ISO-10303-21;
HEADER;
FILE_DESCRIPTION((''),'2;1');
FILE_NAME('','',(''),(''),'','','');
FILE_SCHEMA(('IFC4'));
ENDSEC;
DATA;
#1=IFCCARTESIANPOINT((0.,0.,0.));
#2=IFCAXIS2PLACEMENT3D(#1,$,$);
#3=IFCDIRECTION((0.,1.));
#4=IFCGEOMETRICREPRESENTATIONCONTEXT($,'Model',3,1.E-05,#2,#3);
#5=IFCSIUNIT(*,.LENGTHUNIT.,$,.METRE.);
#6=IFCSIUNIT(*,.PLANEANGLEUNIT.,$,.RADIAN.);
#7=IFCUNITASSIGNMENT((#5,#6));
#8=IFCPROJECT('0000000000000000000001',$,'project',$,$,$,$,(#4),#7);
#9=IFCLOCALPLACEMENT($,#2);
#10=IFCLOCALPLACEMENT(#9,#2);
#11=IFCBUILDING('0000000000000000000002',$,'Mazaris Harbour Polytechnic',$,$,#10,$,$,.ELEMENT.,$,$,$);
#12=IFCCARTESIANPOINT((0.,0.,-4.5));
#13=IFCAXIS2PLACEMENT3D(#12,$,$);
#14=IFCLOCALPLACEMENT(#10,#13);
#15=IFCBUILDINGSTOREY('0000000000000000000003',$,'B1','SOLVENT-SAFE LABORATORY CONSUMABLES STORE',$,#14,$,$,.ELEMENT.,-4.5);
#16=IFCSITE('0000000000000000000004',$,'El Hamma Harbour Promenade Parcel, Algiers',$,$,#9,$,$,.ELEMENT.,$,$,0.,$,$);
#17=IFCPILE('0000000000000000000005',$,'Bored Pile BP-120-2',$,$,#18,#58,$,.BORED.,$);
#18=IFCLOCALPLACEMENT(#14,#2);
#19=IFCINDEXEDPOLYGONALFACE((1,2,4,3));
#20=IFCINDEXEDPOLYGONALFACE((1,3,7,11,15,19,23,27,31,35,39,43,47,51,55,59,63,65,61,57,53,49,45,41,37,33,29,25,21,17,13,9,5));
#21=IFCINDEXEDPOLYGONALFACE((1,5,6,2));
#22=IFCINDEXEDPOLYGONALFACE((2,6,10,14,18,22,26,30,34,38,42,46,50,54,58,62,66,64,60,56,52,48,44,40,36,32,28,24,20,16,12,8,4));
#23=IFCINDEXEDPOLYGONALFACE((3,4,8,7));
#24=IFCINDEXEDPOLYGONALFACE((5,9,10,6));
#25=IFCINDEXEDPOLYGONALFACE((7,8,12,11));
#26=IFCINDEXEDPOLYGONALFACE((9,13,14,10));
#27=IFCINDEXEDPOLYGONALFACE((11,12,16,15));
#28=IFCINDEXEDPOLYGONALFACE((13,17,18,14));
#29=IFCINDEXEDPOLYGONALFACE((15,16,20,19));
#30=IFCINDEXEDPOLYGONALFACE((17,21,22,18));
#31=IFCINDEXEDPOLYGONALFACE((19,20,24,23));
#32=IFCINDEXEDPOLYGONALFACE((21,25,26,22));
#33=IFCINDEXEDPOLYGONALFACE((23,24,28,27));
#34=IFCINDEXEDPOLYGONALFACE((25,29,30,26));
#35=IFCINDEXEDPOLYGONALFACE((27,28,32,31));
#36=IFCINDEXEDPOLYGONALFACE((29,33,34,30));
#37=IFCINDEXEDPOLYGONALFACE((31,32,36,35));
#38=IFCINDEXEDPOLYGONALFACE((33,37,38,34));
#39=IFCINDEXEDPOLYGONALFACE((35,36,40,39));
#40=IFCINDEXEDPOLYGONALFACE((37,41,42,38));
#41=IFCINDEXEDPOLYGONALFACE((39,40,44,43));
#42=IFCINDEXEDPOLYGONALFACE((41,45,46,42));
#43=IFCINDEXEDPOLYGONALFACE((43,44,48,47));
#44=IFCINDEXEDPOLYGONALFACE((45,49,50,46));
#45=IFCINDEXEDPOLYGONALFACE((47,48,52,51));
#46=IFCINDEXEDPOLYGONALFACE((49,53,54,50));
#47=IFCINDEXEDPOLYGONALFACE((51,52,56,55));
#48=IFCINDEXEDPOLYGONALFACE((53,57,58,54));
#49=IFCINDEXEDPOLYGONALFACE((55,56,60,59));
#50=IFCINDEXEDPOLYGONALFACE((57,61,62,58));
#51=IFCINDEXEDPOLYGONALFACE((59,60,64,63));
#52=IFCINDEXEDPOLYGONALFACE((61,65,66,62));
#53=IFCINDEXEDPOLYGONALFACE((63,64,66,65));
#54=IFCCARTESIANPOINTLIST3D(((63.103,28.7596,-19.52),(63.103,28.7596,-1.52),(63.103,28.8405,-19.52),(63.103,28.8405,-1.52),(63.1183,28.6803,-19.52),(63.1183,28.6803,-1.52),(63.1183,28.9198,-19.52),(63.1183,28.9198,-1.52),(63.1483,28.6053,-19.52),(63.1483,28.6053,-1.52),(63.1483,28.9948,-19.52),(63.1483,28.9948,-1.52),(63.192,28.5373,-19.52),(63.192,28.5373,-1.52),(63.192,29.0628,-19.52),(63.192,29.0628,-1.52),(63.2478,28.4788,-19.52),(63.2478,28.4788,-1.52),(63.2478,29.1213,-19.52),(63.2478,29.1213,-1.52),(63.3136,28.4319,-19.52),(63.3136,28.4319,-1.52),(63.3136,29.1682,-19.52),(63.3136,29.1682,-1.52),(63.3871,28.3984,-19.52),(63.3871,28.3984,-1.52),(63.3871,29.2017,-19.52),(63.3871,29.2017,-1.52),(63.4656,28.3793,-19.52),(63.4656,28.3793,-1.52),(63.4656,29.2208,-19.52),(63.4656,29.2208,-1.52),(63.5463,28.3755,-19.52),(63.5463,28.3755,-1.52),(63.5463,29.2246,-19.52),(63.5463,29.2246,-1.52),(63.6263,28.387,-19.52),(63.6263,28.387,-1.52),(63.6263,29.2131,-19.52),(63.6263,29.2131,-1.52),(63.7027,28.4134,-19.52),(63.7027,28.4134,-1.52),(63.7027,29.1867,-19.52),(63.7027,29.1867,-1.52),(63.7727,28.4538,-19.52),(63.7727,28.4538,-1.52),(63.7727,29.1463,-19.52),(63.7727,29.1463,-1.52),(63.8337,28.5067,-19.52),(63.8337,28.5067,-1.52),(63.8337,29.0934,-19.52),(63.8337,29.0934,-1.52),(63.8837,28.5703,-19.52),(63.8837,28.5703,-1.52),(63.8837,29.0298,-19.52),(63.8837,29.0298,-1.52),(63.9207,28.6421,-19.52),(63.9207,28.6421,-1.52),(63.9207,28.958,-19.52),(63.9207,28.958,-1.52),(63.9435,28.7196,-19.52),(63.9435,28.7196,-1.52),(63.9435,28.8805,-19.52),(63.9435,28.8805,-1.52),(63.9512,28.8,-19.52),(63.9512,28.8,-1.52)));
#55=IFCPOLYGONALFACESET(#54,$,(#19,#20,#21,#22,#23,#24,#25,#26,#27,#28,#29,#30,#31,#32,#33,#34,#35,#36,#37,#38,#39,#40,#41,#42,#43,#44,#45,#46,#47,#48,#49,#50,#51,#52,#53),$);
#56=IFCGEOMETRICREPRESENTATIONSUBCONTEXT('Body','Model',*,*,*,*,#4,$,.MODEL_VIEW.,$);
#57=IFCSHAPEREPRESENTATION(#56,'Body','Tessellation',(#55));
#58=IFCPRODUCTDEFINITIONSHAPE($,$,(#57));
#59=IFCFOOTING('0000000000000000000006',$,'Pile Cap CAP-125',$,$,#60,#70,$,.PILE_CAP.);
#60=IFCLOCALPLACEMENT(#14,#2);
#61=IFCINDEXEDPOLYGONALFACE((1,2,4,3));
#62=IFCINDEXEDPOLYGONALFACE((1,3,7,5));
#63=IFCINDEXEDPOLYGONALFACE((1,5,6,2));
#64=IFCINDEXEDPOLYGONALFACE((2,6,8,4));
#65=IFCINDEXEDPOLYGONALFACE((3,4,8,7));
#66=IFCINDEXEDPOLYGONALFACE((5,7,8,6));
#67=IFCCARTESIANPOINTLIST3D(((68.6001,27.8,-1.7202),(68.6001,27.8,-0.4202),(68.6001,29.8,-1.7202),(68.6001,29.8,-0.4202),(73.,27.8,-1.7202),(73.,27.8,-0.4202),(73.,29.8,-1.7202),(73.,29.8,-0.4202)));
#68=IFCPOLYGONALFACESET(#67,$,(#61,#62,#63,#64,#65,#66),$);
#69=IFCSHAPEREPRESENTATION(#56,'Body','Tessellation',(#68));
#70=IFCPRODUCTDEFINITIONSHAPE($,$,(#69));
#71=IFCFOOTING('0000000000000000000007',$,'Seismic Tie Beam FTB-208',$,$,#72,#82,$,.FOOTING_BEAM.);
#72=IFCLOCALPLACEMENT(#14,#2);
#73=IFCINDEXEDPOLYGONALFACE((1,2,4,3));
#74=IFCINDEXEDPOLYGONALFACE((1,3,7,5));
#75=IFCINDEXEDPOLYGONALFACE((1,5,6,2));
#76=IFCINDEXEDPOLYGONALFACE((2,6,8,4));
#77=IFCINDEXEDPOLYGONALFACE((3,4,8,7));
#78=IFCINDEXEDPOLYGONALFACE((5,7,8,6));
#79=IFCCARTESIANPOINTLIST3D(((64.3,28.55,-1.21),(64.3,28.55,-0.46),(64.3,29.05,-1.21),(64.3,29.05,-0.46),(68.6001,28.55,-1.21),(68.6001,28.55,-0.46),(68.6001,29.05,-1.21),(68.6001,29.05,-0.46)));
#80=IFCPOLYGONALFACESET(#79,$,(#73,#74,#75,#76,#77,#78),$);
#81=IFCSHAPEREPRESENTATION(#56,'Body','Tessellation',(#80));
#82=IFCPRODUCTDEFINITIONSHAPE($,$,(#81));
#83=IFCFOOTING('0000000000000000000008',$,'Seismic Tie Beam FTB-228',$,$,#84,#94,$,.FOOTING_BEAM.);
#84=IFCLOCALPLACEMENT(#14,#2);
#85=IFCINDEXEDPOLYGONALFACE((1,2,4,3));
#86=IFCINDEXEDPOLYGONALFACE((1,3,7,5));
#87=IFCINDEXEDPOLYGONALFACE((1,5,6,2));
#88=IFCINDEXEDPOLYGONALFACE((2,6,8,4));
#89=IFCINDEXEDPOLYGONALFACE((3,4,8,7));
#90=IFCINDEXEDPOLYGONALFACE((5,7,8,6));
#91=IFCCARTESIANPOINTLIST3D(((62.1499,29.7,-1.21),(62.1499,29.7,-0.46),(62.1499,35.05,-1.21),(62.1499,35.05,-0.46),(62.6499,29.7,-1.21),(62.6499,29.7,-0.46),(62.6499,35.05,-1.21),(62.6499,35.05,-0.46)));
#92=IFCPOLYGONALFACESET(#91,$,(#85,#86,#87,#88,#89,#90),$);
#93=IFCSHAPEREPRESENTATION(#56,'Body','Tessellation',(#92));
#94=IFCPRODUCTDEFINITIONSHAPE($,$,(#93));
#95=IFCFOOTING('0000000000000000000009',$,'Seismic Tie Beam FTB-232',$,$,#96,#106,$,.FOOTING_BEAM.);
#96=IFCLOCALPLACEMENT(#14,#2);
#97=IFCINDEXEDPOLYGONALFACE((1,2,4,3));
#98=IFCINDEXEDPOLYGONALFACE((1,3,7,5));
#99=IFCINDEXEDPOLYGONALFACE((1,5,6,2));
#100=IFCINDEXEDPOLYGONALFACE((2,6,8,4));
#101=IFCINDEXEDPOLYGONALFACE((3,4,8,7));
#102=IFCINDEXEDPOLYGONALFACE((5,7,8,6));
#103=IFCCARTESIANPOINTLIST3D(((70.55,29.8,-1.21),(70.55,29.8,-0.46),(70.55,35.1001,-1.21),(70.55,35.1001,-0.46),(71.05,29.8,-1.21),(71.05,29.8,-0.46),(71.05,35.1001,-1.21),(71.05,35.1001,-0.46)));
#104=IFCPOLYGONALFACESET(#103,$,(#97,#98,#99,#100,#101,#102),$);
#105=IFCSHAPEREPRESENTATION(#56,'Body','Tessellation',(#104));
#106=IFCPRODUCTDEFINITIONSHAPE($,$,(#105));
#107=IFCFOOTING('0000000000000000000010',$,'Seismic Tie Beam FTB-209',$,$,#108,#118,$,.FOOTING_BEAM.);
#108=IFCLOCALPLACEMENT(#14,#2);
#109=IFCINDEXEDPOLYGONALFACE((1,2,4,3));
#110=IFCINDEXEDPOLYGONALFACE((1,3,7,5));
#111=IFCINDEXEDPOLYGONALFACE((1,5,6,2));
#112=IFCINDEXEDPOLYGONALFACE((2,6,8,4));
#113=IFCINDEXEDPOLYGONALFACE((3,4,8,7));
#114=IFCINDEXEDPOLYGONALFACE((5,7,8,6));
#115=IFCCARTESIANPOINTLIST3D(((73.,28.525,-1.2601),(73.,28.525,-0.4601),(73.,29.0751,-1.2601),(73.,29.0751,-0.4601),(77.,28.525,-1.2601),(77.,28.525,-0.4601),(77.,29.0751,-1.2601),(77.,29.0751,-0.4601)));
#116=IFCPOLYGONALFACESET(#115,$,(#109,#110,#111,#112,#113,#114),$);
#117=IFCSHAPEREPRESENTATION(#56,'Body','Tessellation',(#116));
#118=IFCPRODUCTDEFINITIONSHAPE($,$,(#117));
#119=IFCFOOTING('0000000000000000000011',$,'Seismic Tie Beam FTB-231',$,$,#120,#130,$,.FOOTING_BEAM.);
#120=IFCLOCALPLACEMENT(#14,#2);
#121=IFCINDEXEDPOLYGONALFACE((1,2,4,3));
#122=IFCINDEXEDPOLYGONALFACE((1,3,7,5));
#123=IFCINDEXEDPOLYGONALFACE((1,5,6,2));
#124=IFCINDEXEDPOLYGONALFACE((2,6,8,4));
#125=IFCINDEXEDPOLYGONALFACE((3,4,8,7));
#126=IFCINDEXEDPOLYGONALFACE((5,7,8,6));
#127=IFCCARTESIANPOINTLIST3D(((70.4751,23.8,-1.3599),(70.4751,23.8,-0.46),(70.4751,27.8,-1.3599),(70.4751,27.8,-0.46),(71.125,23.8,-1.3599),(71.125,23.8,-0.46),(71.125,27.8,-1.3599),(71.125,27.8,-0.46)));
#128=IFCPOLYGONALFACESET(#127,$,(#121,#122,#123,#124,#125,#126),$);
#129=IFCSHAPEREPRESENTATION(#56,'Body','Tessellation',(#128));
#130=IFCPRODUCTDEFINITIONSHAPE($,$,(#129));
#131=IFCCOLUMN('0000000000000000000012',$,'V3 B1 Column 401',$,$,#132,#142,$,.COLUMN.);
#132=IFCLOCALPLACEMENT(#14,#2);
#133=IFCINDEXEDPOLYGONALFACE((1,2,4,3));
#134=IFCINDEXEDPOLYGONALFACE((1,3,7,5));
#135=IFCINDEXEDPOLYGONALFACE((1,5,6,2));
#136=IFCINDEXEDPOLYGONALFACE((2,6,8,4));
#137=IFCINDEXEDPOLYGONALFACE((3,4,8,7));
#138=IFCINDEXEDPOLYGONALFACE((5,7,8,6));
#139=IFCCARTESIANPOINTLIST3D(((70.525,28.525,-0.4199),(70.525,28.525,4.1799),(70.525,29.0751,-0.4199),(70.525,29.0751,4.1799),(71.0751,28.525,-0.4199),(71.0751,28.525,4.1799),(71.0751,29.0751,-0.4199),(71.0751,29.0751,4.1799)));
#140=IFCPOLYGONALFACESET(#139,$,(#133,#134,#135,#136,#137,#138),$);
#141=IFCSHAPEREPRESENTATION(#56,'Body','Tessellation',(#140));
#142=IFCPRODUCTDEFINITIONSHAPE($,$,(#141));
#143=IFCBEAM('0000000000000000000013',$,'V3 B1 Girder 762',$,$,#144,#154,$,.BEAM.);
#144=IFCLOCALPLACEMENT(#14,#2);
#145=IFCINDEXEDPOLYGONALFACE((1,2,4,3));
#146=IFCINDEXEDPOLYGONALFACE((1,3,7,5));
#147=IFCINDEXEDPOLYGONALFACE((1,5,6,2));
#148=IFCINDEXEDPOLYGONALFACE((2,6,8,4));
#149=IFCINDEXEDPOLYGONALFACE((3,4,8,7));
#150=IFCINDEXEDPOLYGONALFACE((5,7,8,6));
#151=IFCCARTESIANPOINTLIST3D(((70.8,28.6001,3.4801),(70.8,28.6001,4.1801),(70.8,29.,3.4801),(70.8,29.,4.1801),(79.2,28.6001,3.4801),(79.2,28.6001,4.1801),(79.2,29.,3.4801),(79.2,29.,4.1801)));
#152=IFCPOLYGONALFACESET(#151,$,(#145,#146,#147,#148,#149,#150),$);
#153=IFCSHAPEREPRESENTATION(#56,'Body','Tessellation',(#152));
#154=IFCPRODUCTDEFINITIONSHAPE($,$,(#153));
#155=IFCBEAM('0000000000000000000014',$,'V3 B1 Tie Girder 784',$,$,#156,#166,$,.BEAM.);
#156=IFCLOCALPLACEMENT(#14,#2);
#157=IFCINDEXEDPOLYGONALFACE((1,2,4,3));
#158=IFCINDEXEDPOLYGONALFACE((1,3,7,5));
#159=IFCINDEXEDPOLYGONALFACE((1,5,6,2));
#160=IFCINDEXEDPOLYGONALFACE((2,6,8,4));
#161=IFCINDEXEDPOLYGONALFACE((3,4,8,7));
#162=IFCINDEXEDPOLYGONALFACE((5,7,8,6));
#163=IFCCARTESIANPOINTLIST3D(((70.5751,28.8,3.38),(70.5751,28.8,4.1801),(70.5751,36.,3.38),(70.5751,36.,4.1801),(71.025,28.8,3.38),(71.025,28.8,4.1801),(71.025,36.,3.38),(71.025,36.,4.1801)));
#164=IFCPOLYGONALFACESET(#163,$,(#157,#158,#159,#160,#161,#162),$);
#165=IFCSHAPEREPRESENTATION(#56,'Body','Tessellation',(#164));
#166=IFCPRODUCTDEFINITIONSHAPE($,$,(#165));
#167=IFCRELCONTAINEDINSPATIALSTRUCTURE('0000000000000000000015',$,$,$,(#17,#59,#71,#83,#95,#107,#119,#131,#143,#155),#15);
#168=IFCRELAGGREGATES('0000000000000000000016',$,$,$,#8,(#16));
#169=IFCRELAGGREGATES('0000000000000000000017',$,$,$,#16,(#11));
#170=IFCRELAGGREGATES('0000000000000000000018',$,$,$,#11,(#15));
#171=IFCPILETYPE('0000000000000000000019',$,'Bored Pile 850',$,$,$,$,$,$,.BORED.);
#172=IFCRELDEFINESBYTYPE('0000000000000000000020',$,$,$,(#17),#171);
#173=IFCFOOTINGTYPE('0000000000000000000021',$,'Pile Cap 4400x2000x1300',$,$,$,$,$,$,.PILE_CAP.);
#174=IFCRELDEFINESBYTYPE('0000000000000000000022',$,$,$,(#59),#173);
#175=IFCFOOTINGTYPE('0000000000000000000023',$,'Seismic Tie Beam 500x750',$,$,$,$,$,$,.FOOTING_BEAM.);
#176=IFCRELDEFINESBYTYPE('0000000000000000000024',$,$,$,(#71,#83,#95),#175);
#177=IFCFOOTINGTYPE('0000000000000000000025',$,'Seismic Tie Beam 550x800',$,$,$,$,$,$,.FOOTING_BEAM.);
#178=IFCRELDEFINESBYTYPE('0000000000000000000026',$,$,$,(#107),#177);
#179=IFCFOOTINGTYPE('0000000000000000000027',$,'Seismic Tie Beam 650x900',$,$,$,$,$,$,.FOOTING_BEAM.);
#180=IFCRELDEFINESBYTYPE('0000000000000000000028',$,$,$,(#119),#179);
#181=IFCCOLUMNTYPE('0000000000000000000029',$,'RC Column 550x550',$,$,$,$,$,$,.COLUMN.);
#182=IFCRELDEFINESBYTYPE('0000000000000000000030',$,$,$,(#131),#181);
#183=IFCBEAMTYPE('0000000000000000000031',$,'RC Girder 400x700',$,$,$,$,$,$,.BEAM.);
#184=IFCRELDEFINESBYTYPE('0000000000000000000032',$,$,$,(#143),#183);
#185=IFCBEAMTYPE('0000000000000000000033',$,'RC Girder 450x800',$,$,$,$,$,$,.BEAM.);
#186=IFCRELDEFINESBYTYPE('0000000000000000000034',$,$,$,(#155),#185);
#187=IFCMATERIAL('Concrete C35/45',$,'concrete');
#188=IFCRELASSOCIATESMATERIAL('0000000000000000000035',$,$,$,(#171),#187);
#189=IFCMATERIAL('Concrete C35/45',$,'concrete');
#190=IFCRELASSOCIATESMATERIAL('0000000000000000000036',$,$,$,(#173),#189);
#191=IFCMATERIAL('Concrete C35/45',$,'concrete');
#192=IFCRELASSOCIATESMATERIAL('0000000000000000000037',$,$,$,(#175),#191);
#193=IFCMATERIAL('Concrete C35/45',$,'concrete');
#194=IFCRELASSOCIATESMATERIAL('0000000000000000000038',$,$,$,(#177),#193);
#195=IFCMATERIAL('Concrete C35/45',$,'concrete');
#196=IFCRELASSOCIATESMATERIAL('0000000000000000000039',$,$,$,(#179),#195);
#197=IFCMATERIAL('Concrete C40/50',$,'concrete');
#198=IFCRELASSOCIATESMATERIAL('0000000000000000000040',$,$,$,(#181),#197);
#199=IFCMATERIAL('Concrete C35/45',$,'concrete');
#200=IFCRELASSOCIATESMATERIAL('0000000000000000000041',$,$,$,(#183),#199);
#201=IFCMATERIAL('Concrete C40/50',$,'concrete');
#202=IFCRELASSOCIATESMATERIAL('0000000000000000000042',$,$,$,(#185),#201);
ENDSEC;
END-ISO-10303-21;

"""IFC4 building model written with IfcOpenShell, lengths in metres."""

from ifc_helpers import new_model, si_unit, direction, frame, origin, origin_2d, place, context, subcontext, project, spatial, rectangle, circle, extrude, material, material_profile, profile_set, type_object, element, save


model = new_model("IFC4")

# Units and contexts
model_context = context("Model", 3, precision=1e-05, world=origin(), true_north=direction((0.0, 1.0)))
body_context = subcontext(model_context, "Body", "Model", "MODEL_VIEW")
ifc_project = project(units=[si_unit("LENGTHUNIT", "METRE"), si_unit("PLANEANGLEUNIT", "RADIAN")], contexts=[model_context])

# Site, building, storey
site_placement = place(None, origin())
site = spatial("IfcSite", under=ifc_project, at=site_placement, Name="El Hamma Harbour Promenade Parcel, Algiers", CompositionType="ELEMENT", RefElevation=0.0)
building_placement = place(site_placement, origin())
building = spatial("IfcBuilding", under=site, at=building_placement, Name="Mazaris Harbour Polytechnic", CompositionType="ELEMENT")
storey_placement = place(building_placement, frame((0.0, 0.0, -4.5)))
storey = spatial("IfcBuildingStorey", under=building, at=storey_placement, Name="B1", Description="SOLVENT-SAFE LABORATORY CONSUMABLES STORE", CompositionType="ELEMENT", Elevation=-4.5)

# Pile
ifc_material_1 = material(Name="Concrete C35/45", Category="concrete")
ifc_material_profile_1 = material_profile(ifc_material_1, circle(Radius=0.425, at=origin_2d()), Name="DIA850")
ifc_profile_set_1 = profile_set([ifc_material_profile_1], Name="Concrete C35/45")
pile_type_1 = type_object("IfcPileType", Name="Bored Pile 850", PredefinedType="BORED", material=ifc_profile_set_1)
pile_placement = place(storey_placement, frame((63.5261, 28.8, -1.52), z_axis=(0.0, 0.0, -1.0), x_axis=(1.0, 0.0, 0.0)))
element("IfcPile", 1, at=pile_placement, inside=storey, type_object=pile_type_1, Name="Bored Pile BP-120-2", PredefinedType="BORED", context=body_context, shape_type="SweptSolid", body=[
    extrude(circle(Radius=0.425, at=origin_2d()), origin(), (0.0, 0.0, 1.0), 18.0),
])

# Footings
ifc_material_2 = material(Name="Concrete C35/45", Category="concrete")
footing_type_1 = type_object("IfcFootingType", Name="Pile Cap 4400x2000x1300", PredefinedType="PILE_CAP", material=ifc_material_2)
footing_1_placement = place(storey_placement, frame((70.8, 28.8, -1.7202), z_axis=(0.0, 0.0, 1.0), x_axis=(1.0, 0.0, 0.0)))
element("IfcFooting", 2, at=footing_1_placement, inside=storey, type_object=footing_type_1, Name="Pile Cap CAP-125", PredefinedType="PILE_CAP", context=body_context, shape_type="SweptSolid", body=[
    extrude(rectangle(XDim=4.3999, YDim=2.0, at=origin_2d()), origin(), (0.0, 0.0, 1.0), 1.3),
])
ifc_material_3 = material(Name="Concrete C35/45", Category="concrete")
ifc_material_profile_2 = material_profile(ifc_material_3, rectangle(XDim=0.5, YDim=0.75, at=origin_2d()), Name="RECT500x750")
ifc_profile_set_2 = profile_set([ifc_material_profile_2], Name="Concrete C35/45")
footing_type_2 = type_object("IfcFootingType", Name="Seismic Tie Beam 500x750", PredefinedType="FOOTING_BEAM", material=ifc_profile_set_2)
footing_2_placement = place(storey_placement, frame((64.3, 28.8, -0.835), z_axis=(1.0, 0.0, 0.0), x_axis=(0.0, 1.0, 0.0)))
element("IfcFooting", 3, at=footing_2_placement, inside=storey, type_object=footing_type_2, Name="Seismic Tie Beam FTB-208", PredefinedType="FOOTING_BEAM", context=body_context, shape_type="SweptSolid", body=[
    extrude(rectangle(XDim=0.5, YDim=0.75, at=origin_2d()), origin(), (0.0, 0.0, 1.0), 4.3),
])
footing_3_placement = place(storey_placement, frame((62.3999, 29.7, -0.835), z_axis=(0.0, 1.0, 0.0), x_axis=(-1.0, 0.0, 0.0)))
element("IfcFooting", 4, at=footing_3_placement, inside=storey, type_object=footing_type_2, Name="Seismic Tie Beam FTB-228", PredefinedType="FOOTING_BEAM", context=body_context, shape_type="SweptSolid", body=[
    extrude(rectangle(XDim=0.5, YDim=0.75, at=origin_2d()), origin(), (0.0, 0.0, 1.0), 5.3501),
])
footing_4_placement = place(storey_placement, frame((70.8, 29.8, -0.835), z_axis=(0.0, 1.0, 0.0), x_axis=(-1.0, 0.0, 0.0)))
element("IfcFooting", 5, at=footing_4_placement, inside=storey, type_object=footing_type_2, Name="Seismic Tie Beam FTB-232", PredefinedType="FOOTING_BEAM", context=body_context, shape_type="SweptSolid", body=[
    extrude(rectangle(XDim=0.5, YDim=0.75, at=origin_2d()), origin(), (0.0, 0.0, 1.0), 5.3),
])
ifc_material_4 = material(Name="Concrete C35/45", Category="concrete")
ifc_material_profile_3 = material_profile(ifc_material_4, rectangle(XDim=0.55, YDim=0.8, at=origin_2d()), Name="RECT550x800")
ifc_profile_set_3 = profile_set([ifc_material_profile_3], Name="Concrete C35/45")
footing_type_3 = type_object("IfcFootingType", Name="Seismic Tie Beam 550x800", PredefinedType="FOOTING_BEAM", material=ifc_profile_set_3)
footing_5_placement = place(storey_placement, frame((73.0, 28.8, -0.8601), z_axis=(1.0, 0.0, 0.0), x_axis=(0.0, 1.0, 0.0)))
element("IfcFooting", 6, at=footing_5_placement, inside=storey, type_object=footing_type_3, Name="Seismic Tie Beam FTB-209", PredefinedType="FOOTING_BEAM", context=body_context, shape_type="SweptSolid", body=[
    extrude(rectangle(XDim=0.55, YDim=0.8, at=origin_2d()), origin(), (0.0, 0.0, 1.0), 4.0),
])
ifc_material_5 = material(Name="Concrete C35/45", Category="concrete")
ifc_material_profile_4 = material_profile(ifc_material_5, rectangle(XDim=0.6499, YDim=0.8999, at=origin_2d()), Name="RECT650x900")
ifc_profile_set_4 = profile_set([ifc_material_profile_4], Name="Concrete C35/45")
footing_type_4 = type_object("IfcFootingType", Name="Seismic Tie Beam 650x900", PredefinedType="FOOTING_BEAM", material=ifc_profile_set_4)
footing_6_placement = place(storey_placement, frame((70.8, 23.8, -0.9099), z_axis=(0.0, 1.0, 0.0), x_axis=(-1.0, 0.0, 0.0)))
element("IfcFooting", 7, at=footing_6_placement, inside=storey, type_object=footing_type_4, Name="Seismic Tie Beam FTB-231", PredefinedType="FOOTING_BEAM", context=body_context, shape_type="SweptSolid", body=[
    extrude(rectangle(XDim=0.6499, YDim=0.8999, at=origin_2d()), origin(), (0.0, 0.0, 1.0), 4.0),
])

# Column
ifc_material_6 = material(Name="Concrete C40/50", Category="concrete")
ifc_material_profile_5 = material_profile(ifc_material_6, rectangle(XDim=0.55, YDim=0.55, at=origin_2d()), Name="RECT550x550")
ifc_profile_set_5 = profile_set([ifc_material_profile_5], Name="Concrete C40/50")
column_type = type_object("IfcColumnType", Name="RC Column 550x550", PredefinedType="COLUMN", material=ifc_profile_set_5)
column_placement = place(storey_placement, frame((70.8, 28.8, -0.4199), z_axis=(0.0, 0.0, 1.0), x_axis=(1.0, 0.0, 0.0)))
element("IfcColumn", 8, at=column_placement, inside=storey, type_object=column_type, Name="V3 B1 Column 401", PredefinedType="COLUMN", context=body_context, shape_type="SweptSolid", body=[
    extrude(rectangle(XDim=0.55, YDim=0.55, at=origin_2d()), origin(), (0.0, 0.0, 1.0), 4.5999),
])

# Beams
ifc_material_7 = material(Name="Concrete C35/45", Category="concrete")
ifc_material_profile_6 = material_profile(ifc_material_7, rectangle(XDim=0.3999, YDim=0.7, at=origin_2d()), Name="RECT400x700")
ifc_profile_set_6 = profile_set([ifc_material_profile_6], Name="Concrete C35/45")
beam_type_1 = type_object("IfcBeamType", Name="RC Girder 400x700", PredefinedType="BEAM", material=ifc_profile_set_6)
beam_1_placement = place(storey_placement, frame((70.8, 28.8, 3.8301), z_axis=(1.0, 0.0, 0.0), x_axis=(0.0, 1.0, 0.0)))
element("IfcBeam", 9, at=beam_1_placement, inside=storey, type_object=beam_type_1, Name="V3 B1 Girder 762", PredefinedType="BEAM", context=body_context, shape_type="SweptSolid", body=[
    extrude(rectangle(XDim=0.3999, YDim=0.7, at=origin_2d()), origin(), (0.0, 0.0, 1.0), 8.3999),
])
ifc_material_8 = material(Name="Concrete C40/50", Category="concrete")
ifc_material_profile_7 = material_profile(ifc_material_8, rectangle(XDim=0.45, YDim=0.8, at=origin_2d()), Name="RECT450x800")
ifc_profile_set_7 = profile_set([ifc_material_profile_7], Name="Concrete C40/50")
beam_type_2 = type_object("IfcBeamType", Name="RC Girder 450x800", PredefinedType="BEAM", material=ifc_profile_set_7)
beam_2_placement = place(storey_placement, frame((70.8, 28.8, 3.78), z_axis=(0.0, 1.0, 0.0), x_axis=(-1.0, 0.0, 0.0)))
element("IfcBeam", 10, at=beam_2_placement, inside=storey, type_object=beam_type_2, Name="V3 B1 Tie Girder 784", PredefinedType="BEAM", context=body_context, shape_type="SweptSolid", body=[
    extrude(rectangle(XDim=0.45, YDim=0.8, at=origin_2d()), origin(), (0.0, 0.0, 1.0), 7.2),
])

save(model, "model.ifc")
